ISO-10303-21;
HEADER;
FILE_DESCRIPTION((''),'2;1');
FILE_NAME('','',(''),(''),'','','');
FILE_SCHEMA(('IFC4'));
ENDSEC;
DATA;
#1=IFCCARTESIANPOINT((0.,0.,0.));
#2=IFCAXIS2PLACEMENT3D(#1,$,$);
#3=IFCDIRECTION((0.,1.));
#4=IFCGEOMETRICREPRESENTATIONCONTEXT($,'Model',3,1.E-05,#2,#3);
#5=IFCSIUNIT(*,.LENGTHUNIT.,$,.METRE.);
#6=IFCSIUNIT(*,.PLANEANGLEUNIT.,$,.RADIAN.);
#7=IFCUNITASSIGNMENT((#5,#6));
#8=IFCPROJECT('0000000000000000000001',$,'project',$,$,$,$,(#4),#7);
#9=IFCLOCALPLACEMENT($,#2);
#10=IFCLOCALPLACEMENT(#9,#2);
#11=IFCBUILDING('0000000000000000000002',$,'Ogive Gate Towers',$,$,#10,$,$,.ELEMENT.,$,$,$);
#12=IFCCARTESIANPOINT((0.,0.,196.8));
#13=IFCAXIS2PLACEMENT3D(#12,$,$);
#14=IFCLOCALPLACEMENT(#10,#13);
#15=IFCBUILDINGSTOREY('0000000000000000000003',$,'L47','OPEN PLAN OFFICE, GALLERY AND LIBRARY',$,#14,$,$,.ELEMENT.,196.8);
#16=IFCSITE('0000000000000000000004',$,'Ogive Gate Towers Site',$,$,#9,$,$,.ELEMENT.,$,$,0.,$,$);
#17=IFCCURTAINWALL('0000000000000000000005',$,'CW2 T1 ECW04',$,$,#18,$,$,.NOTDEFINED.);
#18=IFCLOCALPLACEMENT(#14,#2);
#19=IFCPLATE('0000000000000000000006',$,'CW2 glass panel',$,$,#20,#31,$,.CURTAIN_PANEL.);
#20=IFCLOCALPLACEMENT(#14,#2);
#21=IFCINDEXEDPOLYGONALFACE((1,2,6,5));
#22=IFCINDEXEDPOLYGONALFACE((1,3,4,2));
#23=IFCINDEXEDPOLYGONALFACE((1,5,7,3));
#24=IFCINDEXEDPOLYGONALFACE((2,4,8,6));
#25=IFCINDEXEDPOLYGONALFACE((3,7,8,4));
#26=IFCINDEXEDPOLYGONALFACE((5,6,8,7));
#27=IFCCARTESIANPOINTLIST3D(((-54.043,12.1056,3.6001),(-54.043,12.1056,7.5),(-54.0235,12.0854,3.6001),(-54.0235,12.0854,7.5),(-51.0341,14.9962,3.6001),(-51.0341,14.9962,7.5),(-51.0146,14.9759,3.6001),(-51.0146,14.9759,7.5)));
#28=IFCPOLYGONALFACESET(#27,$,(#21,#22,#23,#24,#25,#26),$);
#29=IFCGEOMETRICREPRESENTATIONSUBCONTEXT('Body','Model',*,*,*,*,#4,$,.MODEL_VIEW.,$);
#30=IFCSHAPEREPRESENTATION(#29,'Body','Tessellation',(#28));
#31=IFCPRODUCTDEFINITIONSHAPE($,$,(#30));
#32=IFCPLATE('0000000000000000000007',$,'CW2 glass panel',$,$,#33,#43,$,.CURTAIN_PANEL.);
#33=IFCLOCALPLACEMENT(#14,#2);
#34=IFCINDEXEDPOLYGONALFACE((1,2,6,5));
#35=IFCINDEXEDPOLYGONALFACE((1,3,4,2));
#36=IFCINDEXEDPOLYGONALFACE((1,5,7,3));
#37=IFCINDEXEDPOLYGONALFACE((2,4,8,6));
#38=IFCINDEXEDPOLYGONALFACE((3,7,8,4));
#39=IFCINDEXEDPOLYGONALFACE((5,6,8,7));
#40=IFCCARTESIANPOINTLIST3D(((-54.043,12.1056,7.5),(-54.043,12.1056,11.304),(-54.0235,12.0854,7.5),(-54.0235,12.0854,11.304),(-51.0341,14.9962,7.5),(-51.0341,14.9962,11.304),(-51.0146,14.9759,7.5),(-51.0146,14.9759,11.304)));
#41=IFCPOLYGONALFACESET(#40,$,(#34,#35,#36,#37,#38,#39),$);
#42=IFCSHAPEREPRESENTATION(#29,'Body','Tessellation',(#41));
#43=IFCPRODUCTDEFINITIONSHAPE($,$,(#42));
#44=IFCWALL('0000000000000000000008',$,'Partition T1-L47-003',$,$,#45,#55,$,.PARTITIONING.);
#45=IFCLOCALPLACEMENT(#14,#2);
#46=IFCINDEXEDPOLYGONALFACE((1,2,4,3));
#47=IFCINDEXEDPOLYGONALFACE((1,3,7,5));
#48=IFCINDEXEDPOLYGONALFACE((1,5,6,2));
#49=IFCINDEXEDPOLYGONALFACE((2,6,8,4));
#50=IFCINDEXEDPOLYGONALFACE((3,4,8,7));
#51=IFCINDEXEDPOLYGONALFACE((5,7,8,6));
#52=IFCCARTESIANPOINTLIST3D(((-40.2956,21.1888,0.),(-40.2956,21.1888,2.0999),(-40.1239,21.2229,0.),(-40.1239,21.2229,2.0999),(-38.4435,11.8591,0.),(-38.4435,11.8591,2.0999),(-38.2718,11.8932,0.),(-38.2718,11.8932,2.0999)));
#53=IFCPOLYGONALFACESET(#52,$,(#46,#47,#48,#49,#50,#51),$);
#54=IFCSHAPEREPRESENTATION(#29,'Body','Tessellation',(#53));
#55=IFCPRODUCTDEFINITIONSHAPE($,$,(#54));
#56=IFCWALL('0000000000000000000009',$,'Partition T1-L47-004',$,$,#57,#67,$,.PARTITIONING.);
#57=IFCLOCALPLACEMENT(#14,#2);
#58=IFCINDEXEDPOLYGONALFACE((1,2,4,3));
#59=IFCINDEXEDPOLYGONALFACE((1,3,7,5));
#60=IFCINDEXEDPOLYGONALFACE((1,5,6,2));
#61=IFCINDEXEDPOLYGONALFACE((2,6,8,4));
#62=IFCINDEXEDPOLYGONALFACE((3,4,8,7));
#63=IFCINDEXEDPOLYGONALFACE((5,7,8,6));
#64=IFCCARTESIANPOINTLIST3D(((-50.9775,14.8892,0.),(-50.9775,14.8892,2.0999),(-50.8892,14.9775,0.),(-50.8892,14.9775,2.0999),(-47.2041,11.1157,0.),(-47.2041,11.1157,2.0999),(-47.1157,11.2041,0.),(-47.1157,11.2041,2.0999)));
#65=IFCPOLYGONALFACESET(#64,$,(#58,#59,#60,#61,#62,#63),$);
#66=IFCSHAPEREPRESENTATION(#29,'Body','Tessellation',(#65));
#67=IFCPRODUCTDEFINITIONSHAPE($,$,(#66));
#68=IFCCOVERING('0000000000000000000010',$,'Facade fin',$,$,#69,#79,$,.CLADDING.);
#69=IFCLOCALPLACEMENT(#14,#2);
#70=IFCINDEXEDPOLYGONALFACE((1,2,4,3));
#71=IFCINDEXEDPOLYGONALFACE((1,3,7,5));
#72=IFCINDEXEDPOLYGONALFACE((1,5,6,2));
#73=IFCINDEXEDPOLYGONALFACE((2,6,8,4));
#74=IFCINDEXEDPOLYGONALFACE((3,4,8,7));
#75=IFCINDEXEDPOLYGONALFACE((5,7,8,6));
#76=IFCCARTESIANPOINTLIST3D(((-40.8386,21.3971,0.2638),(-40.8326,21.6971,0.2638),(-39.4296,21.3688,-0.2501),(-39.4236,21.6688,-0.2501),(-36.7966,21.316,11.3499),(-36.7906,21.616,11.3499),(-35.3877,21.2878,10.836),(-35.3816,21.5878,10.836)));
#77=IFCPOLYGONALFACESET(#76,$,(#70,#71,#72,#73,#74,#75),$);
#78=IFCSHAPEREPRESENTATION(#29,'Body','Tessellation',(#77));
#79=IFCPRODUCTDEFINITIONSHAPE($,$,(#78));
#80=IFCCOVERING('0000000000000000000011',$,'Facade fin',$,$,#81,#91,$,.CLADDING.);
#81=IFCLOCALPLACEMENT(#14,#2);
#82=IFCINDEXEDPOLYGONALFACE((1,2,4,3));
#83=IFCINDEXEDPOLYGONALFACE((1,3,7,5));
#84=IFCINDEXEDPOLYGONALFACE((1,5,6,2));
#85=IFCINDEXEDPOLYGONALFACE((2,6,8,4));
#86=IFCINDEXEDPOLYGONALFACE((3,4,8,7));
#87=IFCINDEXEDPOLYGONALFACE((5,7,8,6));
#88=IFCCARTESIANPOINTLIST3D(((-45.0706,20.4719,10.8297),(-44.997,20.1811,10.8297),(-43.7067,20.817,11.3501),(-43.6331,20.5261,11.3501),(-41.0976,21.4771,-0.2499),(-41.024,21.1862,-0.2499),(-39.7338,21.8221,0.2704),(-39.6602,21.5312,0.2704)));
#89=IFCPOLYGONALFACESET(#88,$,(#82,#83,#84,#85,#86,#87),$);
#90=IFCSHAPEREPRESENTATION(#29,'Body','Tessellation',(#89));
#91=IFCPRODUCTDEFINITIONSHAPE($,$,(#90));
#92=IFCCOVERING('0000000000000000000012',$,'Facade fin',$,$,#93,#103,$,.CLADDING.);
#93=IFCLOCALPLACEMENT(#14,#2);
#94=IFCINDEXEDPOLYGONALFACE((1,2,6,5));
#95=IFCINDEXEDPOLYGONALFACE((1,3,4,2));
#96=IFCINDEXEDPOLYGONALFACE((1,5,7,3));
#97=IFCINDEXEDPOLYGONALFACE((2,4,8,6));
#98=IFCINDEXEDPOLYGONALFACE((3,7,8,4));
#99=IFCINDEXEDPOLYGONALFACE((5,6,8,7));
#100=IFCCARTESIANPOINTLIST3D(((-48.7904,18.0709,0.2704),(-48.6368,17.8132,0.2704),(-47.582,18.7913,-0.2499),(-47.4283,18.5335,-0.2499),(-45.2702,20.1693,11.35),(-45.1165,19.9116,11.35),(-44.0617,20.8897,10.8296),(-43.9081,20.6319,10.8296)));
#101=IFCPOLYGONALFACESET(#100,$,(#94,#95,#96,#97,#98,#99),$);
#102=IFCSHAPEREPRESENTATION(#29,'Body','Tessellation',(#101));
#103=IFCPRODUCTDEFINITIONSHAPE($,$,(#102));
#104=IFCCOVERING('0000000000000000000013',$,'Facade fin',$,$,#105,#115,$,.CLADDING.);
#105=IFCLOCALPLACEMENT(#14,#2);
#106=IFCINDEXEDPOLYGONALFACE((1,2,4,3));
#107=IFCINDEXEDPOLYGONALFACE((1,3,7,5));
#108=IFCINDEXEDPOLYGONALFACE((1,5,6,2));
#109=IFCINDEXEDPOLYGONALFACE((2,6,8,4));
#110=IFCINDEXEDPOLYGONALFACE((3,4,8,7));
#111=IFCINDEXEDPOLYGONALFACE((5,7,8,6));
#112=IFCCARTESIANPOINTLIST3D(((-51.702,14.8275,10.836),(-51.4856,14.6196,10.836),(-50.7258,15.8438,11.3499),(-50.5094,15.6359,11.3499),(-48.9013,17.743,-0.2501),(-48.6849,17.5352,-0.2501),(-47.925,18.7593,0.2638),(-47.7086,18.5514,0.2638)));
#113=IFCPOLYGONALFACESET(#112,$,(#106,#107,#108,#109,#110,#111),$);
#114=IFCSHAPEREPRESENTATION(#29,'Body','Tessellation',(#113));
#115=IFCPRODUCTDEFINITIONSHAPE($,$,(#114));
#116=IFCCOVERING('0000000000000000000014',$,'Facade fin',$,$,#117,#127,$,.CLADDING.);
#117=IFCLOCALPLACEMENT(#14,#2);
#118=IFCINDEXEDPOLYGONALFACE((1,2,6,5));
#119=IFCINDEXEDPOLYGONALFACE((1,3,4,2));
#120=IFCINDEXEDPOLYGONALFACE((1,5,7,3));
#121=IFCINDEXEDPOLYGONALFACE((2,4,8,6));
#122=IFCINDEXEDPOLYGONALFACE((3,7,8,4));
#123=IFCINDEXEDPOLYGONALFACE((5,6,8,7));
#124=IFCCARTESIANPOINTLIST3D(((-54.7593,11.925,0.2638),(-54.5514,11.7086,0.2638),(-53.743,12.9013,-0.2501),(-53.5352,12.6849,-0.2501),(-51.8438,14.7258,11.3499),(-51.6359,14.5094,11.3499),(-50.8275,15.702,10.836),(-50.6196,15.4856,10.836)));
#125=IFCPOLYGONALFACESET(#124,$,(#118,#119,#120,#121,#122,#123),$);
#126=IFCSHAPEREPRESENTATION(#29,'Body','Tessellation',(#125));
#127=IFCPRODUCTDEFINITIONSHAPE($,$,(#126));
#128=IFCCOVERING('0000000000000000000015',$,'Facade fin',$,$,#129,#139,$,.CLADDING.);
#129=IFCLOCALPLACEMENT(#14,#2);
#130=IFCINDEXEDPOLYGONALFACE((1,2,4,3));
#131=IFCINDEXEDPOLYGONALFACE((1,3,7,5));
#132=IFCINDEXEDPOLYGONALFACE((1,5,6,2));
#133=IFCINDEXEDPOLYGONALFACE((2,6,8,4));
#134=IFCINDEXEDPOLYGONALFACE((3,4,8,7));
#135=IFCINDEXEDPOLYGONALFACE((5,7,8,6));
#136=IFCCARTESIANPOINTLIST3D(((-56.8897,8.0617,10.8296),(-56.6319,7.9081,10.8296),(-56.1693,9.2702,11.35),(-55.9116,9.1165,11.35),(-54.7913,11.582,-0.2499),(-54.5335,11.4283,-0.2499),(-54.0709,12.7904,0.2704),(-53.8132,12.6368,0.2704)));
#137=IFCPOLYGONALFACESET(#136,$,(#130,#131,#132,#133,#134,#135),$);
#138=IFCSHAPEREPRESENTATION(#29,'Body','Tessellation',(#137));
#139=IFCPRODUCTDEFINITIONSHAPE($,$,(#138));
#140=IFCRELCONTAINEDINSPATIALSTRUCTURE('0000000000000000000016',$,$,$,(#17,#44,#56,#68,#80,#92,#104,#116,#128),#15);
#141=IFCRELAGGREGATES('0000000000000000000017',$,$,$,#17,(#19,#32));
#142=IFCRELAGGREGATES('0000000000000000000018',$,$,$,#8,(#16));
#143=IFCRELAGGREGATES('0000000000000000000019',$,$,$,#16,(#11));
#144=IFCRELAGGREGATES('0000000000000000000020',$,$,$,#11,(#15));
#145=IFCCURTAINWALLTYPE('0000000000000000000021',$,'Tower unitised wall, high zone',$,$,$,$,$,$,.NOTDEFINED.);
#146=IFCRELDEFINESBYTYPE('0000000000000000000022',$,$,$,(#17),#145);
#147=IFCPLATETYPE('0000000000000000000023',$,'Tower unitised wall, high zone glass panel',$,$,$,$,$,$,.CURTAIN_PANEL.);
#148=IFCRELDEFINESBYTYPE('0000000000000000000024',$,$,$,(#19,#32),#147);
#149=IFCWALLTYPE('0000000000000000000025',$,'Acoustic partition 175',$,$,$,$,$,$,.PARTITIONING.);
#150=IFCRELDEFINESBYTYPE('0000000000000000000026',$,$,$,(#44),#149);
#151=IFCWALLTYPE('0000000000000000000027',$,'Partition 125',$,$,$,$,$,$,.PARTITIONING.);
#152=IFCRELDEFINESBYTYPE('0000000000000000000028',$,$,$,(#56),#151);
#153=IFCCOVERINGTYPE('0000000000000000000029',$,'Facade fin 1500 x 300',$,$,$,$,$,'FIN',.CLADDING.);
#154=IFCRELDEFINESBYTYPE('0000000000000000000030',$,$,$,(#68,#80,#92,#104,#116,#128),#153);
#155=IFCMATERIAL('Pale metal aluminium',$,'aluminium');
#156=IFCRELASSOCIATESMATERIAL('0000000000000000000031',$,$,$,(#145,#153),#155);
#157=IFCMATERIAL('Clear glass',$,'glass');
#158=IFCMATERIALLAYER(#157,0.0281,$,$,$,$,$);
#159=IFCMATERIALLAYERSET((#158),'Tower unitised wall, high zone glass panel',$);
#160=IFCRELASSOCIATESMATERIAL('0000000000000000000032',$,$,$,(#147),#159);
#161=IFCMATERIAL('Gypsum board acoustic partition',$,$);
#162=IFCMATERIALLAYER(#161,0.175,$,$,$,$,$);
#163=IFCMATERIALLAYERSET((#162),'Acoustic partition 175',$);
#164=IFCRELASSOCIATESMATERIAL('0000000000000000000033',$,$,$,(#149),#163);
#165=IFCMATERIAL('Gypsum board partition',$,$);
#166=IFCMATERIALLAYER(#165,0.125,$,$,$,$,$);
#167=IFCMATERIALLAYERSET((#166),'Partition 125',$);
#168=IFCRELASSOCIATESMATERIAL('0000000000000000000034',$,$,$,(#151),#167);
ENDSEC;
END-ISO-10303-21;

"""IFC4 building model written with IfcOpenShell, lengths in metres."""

from ifc_helpers import new_model, si_unit, direction, frame, frame_2d, origin, origin_2d, place, context, subcontext, project, spatial, rectangle, extrude, material, layer, layer_set, material_profile, profile_set, type_object, element, aggregate, save


model = new_model("IFC4")

# Units and contexts
model_context = context("Model", 3, precision=1e-05, world=origin(), true_north=direction((0.0, 1.0)))
body_context = subcontext(model_context, "Body", "Model", "MODEL_VIEW")
ifc_project = project(units=[si_unit("LENGTHUNIT", "METRE"), si_unit("PLANEANGLEUNIT", "RADIAN")], contexts=[model_context])

# Site, building, storey
site_placement = place(None, origin())
site = spatial("IfcSite", under=ifc_project, at=site_placement, Name="Ogive Gate Towers Site", CompositionType="ELEMENT", RefElevation=0.0)
building_placement = place(site_placement, origin())
building = spatial("IfcBuilding", under=site, at=building_placement, Name="Ogive Gate Towers", CompositionType="ELEMENT")
storey_placement = place(building_placement, frame((0.0, 0.0, 196.8)))
storey = spatial("IfcBuildingStorey", under=building, at=storey_placement, Name="L47", Description="OPEN PLAN OFFICE, GALLERY AND LIBRARY", CompositionType="ELEMENT", Elevation=196.8)

# Shared definitions
ifc_material_1 = material(Name="Pale metal aluminium", Category="aluminium")
curtain_wall_type = type_object("IfcCurtainWallType", Name="Tower unitised wall, high zone", PredefinedType="NOTDEFINED", material=ifc_material_1)

# Curtain wall
curtain_wall_1_placement = place(storey_placement, origin())
curtain_wall_1 = element("IfcCurtainWall", 1, at=curtain_wall_1_placement, inside=storey, type_object=curtain_wall_type, Name="CW2 T1 ECW04", PredefinedType="NOTDEFINED")

# Plates
ifc_material_2 = material(Name="Clear glass", Category="glass")
ifc_layer_1 = layer(ifc_material_2, 0.0281)
ifc_layer_set_1 = layer_set([ifc_layer_1], Name="Tower unitised wall, high zone glass panel")
plate_type = type_object("IfcPlateType", Name="Tower unitised wall, high zone glass panel", PredefinedType="CURTAIN_PANEL", material=ifc_layer_set_1)
plate_1_placement = place(storey_placement, frame((-52.5288, 13.5408, 3.6001), z_axis=(0.0, 0.0, 1.0), x_axis=(-0.721144, -0.692785, 0.0)))
plate_1 = element("IfcPlate", 2, at=plate_1_placement, type_object=plate_type, Name="CW2 glass panel", PredefinedType="CURTAIN_PANEL", context=body_context, shape_type="SweptSolid", body=[
    extrude(rectangle(XDim=4.1724, YDim=0.0281, at=origin_2d()), origin(), (0.0, 0.0, 1.0), 3.8999),
])
plate_2_placement = place(storey_placement, frame((-52.5288, 13.5408, 7.5), z_axis=(0.0, 0.0, 1.0), x_axis=(-0.721144, -0.692785, 0.0)))
plate_2 = element("IfcPlate", 3, at=plate_2_placement, type_object=plate_type, Name="CW2 glass panel", PredefinedType="CURTAIN_PANEL", context=body_context, shape_type="SweptSolid", body=[
    extrude(rectangle(XDim=4.1724, YDim=0.0281, at=origin_2d()), origin(), (0.0, 0.0, 1.0), 3.804),
])
aggregate(curtain_wall_1, [plate_1, plate_2])

# Walls
ifc_material_3 = material(Name="Gypsum board acoustic partition")
ifc_layer_2 = layer(ifc_material_3, 0.175)
ifc_layer_set_2 = layer_set([ifc_layer_2], Name="Acoustic partition 175")
wall_type_1 = type_object("IfcWallType", Name="Acoustic partition 175", PredefinedType="PARTITIONING", material=ifc_layer_set_2)
wall_1_placement = place(storey_placement, frame((-40.2097, 21.2058, 0.0), z_axis=(0.0, 0.0, 1.0), x_axis=(0.194714, -0.98086, 0.0)))
element("IfcWall", 4, at=wall_1_placement, inside=storey, type_object=wall_type_1, Name="Partition T1-L47-003", PredefinedType="PARTITIONING", context=body_context, shape_type="SweptSolid", body=[
    extrude(rectangle(XDim=9.5117, YDim=0.175, at=frame_2d((4.7559, 0.0))), origin(), (0.0, 0.0, 1.0), 2.0999),
])
ifc_material_4 = material(Name="Gypsum board partition")
ifc_layer_3 = layer(ifc_material_4, 0.125)
ifc_layer_set_3 = layer_set([ifc_layer_3], Name="Partition 125")
wall_type_2 = type_object("IfcWallType", Name="Partition 125", PredefinedType="PARTITIONING", material=ifc_layer_set_3)
wall_2_placement = place(storey_placement, frame((-50.9333, 14.9333, 0.0), z_axis=(0.0, 0.0, 1.0), x_axis=(0.707107, -0.707107, 0.0)))
element("IfcWall", 5, at=wall_2_placement, inside=storey, type_object=wall_type_2, Name="Partition T1-L47-004", PredefinedType="PARTITIONING", context=body_context, shape_type="SweptSolid", body=[
    extrude(rectangle(XDim=5.3364, YDim=0.125, at=frame_2d((2.6682, 0.0))), origin(), (0.0, 0.0, 1.0), 2.0999),
])

# Coverings
ifc_material_profile_1 = material_profile(ifc_material_1, rectangle(XDim=0.3, YDim=1.5, at=origin_2d()), Name="1500 x 300 pale metal aluminium")
ifc_profile_set_1 = profile_set([ifc_material_profile_1], Name="Pale metal aluminium")
covering_type = type_object("IfcCoveringType", Name="Facade fin 1500 x 300", ElementType="FIN", PredefinedType="CLADDING", material=ifc_profile_set_1)
covering_1_placement = place(storey_placement, frame((-40.1311, 21.533, 0.0068), z_axis=(0.342532, -0.006869, 0.939481), x_axis=(0.020049, 0.999799, 0.0)))
element("IfcCovering", 6, at=covering_1_placement, inside=storey, type_object=covering_type, Name="Facade fin", PredefinedType="CLADDING", context=body_context, shape_type="SweptSolid", body=[
    extrude(rectangle(XDim=0.3, YDim=1.5, at=origin_2d()), origin(), (0.0, 0.0, 1.0), 11.8003),
])
for number, where, z_axis, x_axis, name in (
    (7, (-40.3789, 21.5042, 0.0103), (-0.33631, -0.085085, 0.9379), (0.245268, -0.969455, 0.0), "Facade fin"),
    (8, (-48.1094, 18.3022, 0.0103), (0.297993, 0.17763, 0.937895), (-0.512023, 0.858972, 0.0), "Facade fin"),
):
    element("IfcCovering", number, at=place(storey_placement, frame(where, z_axis=z_axis, x_axis=x_axis)), inside=storey, type_object=covering_type, Name=name, PredefinedType="CLADDING", context=body_context, shape_type="SweptSolid", body=[
        extrude(rectangle(XDim=0.3, YDim=1.5, at=origin_2d()), origin(), (0.0, 0.0, 1.0), 11.8132),
    ])
for number, where, z_axis, x_axis, name in (
    (9, (-48.3049, 18.1472, 0.0068), (-0.237347, -0.247071, 0.93948), (0.721156, -0.692773, 0.0), "Facade fin"),
    (10, (-54.1472, 12.3049, 0.0068), (0.247071, 0.237347, 0.93948), (-0.692773, 0.721156, 0.0), "Facade fin"),
):
    element("IfcCovering", number, at=place(storey_placement, frame(where, z_axis=z_axis, x_axis=x_axis)), inside=storey, type_object=covering_type, Name=name, PredefinedType="CLADDING", context=body_context, shape_type="SweptSolid", body=[
        extrude(rectangle(XDim=0.3, YDim=1.5, at=origin_2d()), origin(), (0.0, 0.0, 1.0), 11.8003),
    ])
covering_2_placement = place(storey_placement, frame((-54.3022, 12.1094, 0.0103), z_axis=(-0.17763, -0.297993, 0.937895), x_axis=(0.858972, -0.512023, 0.0)))
element("IfcCovering", 11, at=covering_2_placement, inside=storey, type_object=covering_type, Name="Facade fin", PredefinedType="CLADDING", context=body_context, shape_type="SweptSolid", body=[
    extrude(rectangle(XDim=0.3, YDim=1.5, at=origin_2d()), origin(), (0.0, 0.0, 1.0), 11.8132),
])

save(model, "model.ifc")
